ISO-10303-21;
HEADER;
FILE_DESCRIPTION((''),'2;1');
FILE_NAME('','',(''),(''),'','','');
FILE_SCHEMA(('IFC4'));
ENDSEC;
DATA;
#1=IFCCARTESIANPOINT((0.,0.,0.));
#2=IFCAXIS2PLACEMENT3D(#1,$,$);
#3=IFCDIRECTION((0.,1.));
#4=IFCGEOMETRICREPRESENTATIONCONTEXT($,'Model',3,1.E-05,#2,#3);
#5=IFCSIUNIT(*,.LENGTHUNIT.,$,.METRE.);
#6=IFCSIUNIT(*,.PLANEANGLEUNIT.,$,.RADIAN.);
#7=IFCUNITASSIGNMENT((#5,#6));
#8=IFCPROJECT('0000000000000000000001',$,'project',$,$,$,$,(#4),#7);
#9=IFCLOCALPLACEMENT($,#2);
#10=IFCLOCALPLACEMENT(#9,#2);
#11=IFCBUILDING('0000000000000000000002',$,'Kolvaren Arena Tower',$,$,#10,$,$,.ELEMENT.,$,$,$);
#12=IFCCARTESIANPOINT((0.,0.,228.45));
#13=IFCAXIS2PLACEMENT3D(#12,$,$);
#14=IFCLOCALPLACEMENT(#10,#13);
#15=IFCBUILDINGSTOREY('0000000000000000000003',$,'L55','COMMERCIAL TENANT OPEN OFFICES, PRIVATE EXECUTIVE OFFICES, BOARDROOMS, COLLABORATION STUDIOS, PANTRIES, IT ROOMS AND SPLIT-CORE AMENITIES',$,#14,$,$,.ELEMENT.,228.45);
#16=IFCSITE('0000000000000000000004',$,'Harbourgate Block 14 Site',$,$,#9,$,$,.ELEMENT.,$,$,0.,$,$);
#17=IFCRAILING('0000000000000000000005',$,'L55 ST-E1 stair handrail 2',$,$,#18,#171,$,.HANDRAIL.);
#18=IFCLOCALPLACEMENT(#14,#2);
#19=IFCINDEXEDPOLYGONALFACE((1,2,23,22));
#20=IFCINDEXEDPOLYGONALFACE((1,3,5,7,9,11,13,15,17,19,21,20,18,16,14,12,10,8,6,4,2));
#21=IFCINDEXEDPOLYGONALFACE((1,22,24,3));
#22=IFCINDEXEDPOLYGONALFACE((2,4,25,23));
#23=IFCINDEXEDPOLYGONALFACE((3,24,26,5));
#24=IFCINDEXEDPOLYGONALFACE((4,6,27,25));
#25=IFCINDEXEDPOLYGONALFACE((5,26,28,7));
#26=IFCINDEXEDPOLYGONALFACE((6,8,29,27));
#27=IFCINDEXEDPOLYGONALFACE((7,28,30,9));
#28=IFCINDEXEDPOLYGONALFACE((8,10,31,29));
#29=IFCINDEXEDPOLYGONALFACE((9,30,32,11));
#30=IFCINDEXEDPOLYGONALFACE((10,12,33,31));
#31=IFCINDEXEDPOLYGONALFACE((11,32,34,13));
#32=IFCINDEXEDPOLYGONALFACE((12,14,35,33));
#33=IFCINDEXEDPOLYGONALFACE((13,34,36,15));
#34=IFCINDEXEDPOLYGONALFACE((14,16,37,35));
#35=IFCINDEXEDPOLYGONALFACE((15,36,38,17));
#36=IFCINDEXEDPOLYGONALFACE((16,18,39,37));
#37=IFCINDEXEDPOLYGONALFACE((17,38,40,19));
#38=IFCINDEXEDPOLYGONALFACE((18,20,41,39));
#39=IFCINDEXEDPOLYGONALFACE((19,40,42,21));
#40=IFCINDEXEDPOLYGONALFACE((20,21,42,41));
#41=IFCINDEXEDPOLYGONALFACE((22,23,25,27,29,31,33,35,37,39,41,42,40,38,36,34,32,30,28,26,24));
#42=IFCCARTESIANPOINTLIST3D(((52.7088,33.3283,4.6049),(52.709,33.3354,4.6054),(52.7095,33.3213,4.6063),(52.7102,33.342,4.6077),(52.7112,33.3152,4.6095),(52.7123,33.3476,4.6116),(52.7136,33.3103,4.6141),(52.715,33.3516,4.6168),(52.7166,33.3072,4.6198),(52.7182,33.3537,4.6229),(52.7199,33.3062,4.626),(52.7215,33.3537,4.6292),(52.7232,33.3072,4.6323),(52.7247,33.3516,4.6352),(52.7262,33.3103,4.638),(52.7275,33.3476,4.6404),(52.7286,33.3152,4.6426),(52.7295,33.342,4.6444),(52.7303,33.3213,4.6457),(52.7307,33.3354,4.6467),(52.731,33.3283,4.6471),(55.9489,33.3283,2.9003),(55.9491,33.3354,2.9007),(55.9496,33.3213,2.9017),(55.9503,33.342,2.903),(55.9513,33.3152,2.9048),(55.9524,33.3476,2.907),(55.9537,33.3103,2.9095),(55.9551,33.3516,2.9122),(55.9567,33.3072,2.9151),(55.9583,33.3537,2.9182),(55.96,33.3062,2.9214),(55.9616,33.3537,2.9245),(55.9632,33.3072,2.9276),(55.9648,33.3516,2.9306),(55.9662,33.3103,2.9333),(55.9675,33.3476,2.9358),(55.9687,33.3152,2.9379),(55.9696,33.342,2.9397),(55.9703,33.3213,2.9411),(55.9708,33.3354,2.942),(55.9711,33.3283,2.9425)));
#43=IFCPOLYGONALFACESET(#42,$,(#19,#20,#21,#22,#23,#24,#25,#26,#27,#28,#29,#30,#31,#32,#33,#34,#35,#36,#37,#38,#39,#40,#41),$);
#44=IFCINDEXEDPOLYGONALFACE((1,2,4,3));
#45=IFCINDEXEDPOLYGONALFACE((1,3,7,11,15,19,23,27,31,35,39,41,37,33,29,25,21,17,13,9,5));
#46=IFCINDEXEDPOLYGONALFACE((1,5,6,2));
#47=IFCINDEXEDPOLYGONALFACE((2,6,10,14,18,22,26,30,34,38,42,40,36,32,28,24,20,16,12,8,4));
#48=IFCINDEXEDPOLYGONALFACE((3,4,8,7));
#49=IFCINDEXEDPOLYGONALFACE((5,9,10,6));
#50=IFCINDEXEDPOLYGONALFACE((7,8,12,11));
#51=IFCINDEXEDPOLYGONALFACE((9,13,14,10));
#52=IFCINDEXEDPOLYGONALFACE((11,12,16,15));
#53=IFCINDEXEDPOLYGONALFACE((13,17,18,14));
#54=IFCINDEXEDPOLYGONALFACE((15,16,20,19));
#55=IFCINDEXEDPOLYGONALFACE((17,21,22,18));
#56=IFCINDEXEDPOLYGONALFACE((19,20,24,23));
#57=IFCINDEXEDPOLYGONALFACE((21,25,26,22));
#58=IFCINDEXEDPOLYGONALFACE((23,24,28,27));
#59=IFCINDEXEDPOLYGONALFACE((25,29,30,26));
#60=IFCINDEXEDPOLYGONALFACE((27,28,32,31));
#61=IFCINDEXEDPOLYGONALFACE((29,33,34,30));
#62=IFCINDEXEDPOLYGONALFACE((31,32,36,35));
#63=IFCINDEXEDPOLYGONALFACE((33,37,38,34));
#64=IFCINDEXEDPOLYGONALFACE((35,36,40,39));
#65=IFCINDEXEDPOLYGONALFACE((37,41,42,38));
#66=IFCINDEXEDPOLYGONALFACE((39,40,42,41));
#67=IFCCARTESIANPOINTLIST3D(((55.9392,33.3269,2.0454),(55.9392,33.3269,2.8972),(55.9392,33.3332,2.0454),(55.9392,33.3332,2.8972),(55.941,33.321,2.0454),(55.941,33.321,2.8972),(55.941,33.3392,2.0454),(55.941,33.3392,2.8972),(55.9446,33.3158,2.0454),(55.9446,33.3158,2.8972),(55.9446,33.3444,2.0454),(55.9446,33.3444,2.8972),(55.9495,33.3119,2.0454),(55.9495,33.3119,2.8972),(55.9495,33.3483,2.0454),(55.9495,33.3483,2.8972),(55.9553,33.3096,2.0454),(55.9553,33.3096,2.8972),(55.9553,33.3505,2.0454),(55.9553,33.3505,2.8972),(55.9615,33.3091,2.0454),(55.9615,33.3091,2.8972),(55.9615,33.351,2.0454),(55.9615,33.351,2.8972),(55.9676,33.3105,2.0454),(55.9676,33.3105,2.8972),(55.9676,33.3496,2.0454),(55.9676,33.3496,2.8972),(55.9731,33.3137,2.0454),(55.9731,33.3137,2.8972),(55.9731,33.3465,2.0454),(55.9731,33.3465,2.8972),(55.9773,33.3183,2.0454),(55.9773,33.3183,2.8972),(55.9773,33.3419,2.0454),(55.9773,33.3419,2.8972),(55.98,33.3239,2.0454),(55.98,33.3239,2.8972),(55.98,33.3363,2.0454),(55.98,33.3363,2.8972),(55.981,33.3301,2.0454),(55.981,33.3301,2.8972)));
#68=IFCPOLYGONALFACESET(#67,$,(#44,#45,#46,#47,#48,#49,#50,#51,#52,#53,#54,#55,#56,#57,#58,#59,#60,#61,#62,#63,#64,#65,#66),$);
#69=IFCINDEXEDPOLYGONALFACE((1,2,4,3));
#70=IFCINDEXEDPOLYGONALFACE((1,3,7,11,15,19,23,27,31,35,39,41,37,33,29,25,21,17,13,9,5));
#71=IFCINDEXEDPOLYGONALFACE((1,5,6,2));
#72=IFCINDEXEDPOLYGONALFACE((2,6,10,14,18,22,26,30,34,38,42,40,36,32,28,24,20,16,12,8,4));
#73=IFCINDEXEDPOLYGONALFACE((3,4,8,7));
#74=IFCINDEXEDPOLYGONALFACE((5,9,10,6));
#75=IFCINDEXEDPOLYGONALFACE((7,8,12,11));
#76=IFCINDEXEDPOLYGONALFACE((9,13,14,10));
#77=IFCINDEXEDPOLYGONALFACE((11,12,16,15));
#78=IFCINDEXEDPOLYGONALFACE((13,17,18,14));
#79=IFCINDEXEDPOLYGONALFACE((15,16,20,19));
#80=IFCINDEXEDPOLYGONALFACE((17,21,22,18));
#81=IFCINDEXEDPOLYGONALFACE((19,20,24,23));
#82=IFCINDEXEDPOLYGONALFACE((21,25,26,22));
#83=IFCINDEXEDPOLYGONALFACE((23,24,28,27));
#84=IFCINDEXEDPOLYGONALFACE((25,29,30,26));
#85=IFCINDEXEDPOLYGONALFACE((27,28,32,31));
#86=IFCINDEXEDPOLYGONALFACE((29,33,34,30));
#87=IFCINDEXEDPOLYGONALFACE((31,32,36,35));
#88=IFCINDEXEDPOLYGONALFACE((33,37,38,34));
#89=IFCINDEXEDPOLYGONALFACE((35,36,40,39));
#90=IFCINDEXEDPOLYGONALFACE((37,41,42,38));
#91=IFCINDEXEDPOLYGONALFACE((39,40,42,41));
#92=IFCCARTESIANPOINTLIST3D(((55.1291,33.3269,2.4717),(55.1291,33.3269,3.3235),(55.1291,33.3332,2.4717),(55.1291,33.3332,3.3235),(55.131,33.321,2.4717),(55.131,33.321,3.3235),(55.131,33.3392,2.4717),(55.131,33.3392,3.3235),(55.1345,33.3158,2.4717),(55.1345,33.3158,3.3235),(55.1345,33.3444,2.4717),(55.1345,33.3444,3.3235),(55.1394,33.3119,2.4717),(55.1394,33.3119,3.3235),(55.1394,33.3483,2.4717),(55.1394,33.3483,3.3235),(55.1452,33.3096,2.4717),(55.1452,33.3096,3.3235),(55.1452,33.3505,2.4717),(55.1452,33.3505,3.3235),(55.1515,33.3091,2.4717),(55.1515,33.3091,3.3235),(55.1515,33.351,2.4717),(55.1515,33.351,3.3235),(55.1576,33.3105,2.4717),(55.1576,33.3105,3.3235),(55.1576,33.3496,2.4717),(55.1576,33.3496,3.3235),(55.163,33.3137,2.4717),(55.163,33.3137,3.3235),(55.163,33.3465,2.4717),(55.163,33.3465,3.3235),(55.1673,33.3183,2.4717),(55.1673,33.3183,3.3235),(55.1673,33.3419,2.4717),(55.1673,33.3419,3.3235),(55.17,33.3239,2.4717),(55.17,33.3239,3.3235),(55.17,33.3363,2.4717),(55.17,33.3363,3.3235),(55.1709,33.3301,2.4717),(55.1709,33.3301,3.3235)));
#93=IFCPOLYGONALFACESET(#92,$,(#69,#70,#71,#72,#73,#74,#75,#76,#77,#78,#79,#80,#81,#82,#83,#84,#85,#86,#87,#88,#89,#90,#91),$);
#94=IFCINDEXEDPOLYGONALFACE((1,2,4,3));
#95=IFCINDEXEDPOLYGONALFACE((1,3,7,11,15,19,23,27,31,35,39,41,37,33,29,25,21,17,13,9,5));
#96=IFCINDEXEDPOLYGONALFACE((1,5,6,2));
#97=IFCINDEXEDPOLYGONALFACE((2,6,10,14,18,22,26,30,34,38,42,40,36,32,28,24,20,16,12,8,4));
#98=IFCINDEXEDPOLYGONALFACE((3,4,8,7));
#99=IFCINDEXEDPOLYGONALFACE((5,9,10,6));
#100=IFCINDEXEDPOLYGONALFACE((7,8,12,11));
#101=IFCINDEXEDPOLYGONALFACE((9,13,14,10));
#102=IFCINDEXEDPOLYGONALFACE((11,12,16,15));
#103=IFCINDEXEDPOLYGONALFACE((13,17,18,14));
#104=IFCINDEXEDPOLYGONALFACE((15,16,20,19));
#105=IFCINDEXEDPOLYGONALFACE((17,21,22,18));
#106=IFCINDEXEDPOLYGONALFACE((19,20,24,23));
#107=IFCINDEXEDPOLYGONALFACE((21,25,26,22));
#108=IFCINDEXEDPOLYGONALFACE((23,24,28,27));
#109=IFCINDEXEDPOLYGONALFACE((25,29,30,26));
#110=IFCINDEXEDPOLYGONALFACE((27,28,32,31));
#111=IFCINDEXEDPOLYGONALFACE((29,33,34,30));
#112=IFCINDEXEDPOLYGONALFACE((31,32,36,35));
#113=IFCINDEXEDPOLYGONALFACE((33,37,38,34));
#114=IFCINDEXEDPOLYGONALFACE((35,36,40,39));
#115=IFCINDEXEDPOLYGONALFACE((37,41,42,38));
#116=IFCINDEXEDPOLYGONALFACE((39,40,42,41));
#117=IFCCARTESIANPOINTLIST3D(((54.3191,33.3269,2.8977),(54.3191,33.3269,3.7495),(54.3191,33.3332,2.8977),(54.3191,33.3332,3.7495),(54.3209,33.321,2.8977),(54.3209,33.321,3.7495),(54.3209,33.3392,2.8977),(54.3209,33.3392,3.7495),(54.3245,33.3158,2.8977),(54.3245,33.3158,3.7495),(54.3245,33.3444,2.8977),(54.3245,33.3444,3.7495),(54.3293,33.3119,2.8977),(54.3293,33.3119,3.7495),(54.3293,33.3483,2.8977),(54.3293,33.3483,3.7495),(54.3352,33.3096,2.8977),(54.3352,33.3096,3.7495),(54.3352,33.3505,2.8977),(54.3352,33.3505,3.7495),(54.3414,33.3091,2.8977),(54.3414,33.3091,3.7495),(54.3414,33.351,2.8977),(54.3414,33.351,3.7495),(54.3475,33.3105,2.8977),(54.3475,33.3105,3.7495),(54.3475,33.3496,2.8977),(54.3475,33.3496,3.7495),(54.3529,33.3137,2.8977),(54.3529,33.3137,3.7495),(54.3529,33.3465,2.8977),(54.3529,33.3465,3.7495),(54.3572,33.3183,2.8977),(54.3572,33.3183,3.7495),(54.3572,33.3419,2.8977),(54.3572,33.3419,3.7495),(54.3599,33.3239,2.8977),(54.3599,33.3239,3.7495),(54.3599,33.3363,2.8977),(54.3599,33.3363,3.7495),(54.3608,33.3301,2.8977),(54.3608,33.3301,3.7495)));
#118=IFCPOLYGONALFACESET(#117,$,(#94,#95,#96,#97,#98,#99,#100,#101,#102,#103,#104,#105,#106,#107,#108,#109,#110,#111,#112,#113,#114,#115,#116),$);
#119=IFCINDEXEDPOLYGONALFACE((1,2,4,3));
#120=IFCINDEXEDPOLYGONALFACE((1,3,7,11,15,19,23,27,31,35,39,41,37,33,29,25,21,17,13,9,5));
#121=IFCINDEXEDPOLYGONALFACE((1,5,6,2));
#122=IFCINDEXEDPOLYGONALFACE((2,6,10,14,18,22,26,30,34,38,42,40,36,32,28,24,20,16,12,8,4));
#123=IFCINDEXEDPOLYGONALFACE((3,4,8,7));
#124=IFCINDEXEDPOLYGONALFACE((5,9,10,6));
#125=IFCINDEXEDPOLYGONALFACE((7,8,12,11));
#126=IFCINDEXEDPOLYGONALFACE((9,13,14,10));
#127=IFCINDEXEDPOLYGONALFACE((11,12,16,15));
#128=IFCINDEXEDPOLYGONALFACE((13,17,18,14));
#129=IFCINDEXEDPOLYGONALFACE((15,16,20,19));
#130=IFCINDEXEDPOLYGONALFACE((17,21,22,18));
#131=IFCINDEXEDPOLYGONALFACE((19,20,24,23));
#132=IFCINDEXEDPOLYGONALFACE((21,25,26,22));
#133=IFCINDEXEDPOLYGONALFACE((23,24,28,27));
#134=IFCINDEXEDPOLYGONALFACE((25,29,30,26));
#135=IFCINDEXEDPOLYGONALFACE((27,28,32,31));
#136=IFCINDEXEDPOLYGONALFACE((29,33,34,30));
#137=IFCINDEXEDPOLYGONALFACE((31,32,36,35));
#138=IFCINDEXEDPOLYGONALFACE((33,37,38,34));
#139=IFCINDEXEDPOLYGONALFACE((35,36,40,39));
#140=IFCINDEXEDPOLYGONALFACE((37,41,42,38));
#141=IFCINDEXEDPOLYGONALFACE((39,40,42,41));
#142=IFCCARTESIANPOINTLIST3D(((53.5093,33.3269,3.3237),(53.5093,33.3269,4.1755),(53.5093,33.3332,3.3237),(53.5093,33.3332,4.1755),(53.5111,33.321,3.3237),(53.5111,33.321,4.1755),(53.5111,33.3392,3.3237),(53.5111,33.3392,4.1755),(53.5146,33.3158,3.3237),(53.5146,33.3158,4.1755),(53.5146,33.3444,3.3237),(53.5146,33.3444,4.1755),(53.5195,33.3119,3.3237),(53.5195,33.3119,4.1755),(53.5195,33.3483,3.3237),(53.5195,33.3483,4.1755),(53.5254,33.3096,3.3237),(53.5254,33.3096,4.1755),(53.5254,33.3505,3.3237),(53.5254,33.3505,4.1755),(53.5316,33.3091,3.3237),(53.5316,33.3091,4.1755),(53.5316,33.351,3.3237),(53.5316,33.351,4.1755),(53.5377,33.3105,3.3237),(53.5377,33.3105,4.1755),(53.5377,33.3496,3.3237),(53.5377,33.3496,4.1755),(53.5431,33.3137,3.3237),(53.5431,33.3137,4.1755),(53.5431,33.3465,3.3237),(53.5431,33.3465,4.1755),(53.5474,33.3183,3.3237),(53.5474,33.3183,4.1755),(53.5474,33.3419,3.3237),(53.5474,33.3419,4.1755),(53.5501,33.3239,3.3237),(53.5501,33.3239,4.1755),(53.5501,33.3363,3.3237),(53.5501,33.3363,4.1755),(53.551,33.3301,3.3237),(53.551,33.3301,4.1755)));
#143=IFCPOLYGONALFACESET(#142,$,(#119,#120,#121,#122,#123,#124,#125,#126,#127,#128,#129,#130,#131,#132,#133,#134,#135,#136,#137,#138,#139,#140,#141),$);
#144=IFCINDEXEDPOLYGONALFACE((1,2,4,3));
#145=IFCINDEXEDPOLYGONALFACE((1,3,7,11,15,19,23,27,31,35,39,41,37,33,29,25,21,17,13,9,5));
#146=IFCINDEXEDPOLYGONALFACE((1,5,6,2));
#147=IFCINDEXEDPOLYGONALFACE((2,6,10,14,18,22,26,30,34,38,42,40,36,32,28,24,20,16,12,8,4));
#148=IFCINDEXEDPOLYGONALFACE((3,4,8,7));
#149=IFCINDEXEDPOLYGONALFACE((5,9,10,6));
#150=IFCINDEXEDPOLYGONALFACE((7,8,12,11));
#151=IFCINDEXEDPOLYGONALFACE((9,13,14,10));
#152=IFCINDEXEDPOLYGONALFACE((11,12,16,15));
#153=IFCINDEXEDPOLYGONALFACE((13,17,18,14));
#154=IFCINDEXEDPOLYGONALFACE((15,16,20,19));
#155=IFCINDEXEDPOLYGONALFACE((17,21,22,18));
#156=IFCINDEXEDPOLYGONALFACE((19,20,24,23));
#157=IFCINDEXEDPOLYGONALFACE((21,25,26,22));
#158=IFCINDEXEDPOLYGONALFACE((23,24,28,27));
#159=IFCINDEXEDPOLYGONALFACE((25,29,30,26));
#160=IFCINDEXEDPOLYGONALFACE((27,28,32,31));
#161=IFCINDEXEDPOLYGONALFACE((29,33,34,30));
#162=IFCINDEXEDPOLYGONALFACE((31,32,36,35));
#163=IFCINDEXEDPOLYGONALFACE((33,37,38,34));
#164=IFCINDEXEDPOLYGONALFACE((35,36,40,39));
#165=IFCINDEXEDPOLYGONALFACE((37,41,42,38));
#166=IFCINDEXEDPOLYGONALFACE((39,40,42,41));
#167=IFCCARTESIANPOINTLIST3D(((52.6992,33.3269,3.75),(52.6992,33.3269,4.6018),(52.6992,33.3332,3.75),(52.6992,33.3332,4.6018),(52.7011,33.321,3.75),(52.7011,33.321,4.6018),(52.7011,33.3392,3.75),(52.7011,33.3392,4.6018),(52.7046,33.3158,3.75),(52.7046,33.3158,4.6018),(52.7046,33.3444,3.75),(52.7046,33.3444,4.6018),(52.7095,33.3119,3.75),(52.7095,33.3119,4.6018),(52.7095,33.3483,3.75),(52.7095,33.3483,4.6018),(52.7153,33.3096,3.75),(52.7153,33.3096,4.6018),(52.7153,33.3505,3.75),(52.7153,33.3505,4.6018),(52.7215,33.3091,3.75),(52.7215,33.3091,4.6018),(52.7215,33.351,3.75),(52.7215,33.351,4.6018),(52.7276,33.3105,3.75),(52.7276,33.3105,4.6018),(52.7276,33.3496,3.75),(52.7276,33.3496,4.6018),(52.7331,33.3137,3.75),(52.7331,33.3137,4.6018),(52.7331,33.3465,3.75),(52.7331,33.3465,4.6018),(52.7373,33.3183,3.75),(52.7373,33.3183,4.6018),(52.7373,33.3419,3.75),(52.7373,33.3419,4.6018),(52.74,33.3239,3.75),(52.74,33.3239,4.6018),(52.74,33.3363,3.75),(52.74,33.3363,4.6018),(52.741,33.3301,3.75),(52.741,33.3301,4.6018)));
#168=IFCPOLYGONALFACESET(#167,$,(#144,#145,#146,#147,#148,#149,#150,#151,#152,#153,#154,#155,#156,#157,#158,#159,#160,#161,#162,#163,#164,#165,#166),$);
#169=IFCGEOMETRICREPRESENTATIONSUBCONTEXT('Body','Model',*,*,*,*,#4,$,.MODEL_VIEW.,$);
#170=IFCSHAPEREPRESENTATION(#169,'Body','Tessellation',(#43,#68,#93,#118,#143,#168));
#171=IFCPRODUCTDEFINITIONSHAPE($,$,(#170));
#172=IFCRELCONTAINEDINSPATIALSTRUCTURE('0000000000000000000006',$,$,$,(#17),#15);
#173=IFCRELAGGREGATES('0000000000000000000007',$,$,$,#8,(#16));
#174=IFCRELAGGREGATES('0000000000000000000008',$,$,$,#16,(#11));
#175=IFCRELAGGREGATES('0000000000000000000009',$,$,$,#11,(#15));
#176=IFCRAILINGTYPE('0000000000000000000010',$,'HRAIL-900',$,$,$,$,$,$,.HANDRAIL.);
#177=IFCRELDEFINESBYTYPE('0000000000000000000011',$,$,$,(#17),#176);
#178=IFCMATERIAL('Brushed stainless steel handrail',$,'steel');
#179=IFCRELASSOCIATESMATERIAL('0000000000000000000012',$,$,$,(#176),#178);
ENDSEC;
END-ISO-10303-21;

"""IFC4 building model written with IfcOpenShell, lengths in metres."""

from ifc_helpers import new_model, si_unit, direction, frame, origin, origin_2d, place, context, subcontext, project, spatial, circle, extrude, material, type_object, element, save


model = new_model("IFC4")

# Units and contexts
model_context = context("Model", 3, precision=1e-05, world=origin(), true_north=direction((0.0, 1.0)))
body_context = subcontext(model_context, "Body", "Model", "MODEL_VIEW")
ifc_project = project(units=[si_unit("LENGTHUNIT", "METRE"), si_unit("PLANEANGLEUNIT", "RADIAN")], contexts=[model_context])

# Site, building, storey
site_placement = place(None, origin())
site = spatial("IfcSite", under=ifc_project, at=site_placement, Name="Harbourgate Block 14 Site", CompositionType="ELEMENT", RefElevation=0.0)
building_placement = place(site_placement, origin())
building = spatial("IfcBuilding", under=site, at=building_placement, Name="Kolvaren Arena Tower", CompositionType="ELEMENT")
storey_placement = place(building_placement, frame((0.0, 0.0, 228.45)))
storey = spatial("IfcBuildingStorey", under=building, at=storey_placement, Name="L55", Description="COMMERCIAL TENANT OPEN OFFICES, PRIVATE EXECUTIVE OFFICES, BOARDROOMS, COLLABORATION STUDIOS, PANTRIES, IT ROOMS AND SPLIT-CORE AMENITIES", CompositionType="ELEMENT", Elevation=228.45)

# Railing
ifc_material_1 = material(Name="Brushed stainless steel handrail", Category="steel")
railing_type_1 = type_object("IfcRailingType", Name="HRAIL-900", PredefinedType="HANDRAIL", material=ifc_material_1)
for number, where, name in (
    (1, (55.96, 33.3301, 2.0454), "L55 ST-E1 stair handrail 2"),
):
    element("IfcRailing", number, at=place(storey_placement, frame(where)), inside=storey, type_object=railing_type_1, Name=name, PredefinedType="HANDRAIL", context=body_context, shape_type="SweptSolid", body=[
        extrude(circle(Radius=0.0239, at=origin_2d()), frame((0.0, 0.0, 0.876), z_axis=(-0.884993, 0.0, 0.465604), x_axis=(0.0, -1.0, 0.0)), (0.0, 0.0, 1.0), 3.6611),
        extrude(circle(Radius=0.021, at=origin_2d()), origin(), (0.0, 0.0, 1.0), 0.8518),
        extrude(circle(Radius=0.021, at=origin_2d()), frame((-0.8101, 0.0, 0.4263)), (0.0, 0.0, 1.0), 0.8518),
        extrude(circle(Radius=0.021, at=origin_2d()), frame((-1.6201, 0.0, 0.8523)), (0.0, 0.0, 1.0), 0.8518),
        extrude(circle(Radius=0.021, at=origin_2d()), frame((-2.4299, 0.0, 1.2783)), (0.0, 0.0, 1.0), 0.8518),
        extrude(circle(Radius=0.021, at=origin_2d()), frame((-3.24, 0.0, 1.7046)), (0.0, 0.0, 1.0), 0.8518),
    ])

save(model, "model.ifc")
